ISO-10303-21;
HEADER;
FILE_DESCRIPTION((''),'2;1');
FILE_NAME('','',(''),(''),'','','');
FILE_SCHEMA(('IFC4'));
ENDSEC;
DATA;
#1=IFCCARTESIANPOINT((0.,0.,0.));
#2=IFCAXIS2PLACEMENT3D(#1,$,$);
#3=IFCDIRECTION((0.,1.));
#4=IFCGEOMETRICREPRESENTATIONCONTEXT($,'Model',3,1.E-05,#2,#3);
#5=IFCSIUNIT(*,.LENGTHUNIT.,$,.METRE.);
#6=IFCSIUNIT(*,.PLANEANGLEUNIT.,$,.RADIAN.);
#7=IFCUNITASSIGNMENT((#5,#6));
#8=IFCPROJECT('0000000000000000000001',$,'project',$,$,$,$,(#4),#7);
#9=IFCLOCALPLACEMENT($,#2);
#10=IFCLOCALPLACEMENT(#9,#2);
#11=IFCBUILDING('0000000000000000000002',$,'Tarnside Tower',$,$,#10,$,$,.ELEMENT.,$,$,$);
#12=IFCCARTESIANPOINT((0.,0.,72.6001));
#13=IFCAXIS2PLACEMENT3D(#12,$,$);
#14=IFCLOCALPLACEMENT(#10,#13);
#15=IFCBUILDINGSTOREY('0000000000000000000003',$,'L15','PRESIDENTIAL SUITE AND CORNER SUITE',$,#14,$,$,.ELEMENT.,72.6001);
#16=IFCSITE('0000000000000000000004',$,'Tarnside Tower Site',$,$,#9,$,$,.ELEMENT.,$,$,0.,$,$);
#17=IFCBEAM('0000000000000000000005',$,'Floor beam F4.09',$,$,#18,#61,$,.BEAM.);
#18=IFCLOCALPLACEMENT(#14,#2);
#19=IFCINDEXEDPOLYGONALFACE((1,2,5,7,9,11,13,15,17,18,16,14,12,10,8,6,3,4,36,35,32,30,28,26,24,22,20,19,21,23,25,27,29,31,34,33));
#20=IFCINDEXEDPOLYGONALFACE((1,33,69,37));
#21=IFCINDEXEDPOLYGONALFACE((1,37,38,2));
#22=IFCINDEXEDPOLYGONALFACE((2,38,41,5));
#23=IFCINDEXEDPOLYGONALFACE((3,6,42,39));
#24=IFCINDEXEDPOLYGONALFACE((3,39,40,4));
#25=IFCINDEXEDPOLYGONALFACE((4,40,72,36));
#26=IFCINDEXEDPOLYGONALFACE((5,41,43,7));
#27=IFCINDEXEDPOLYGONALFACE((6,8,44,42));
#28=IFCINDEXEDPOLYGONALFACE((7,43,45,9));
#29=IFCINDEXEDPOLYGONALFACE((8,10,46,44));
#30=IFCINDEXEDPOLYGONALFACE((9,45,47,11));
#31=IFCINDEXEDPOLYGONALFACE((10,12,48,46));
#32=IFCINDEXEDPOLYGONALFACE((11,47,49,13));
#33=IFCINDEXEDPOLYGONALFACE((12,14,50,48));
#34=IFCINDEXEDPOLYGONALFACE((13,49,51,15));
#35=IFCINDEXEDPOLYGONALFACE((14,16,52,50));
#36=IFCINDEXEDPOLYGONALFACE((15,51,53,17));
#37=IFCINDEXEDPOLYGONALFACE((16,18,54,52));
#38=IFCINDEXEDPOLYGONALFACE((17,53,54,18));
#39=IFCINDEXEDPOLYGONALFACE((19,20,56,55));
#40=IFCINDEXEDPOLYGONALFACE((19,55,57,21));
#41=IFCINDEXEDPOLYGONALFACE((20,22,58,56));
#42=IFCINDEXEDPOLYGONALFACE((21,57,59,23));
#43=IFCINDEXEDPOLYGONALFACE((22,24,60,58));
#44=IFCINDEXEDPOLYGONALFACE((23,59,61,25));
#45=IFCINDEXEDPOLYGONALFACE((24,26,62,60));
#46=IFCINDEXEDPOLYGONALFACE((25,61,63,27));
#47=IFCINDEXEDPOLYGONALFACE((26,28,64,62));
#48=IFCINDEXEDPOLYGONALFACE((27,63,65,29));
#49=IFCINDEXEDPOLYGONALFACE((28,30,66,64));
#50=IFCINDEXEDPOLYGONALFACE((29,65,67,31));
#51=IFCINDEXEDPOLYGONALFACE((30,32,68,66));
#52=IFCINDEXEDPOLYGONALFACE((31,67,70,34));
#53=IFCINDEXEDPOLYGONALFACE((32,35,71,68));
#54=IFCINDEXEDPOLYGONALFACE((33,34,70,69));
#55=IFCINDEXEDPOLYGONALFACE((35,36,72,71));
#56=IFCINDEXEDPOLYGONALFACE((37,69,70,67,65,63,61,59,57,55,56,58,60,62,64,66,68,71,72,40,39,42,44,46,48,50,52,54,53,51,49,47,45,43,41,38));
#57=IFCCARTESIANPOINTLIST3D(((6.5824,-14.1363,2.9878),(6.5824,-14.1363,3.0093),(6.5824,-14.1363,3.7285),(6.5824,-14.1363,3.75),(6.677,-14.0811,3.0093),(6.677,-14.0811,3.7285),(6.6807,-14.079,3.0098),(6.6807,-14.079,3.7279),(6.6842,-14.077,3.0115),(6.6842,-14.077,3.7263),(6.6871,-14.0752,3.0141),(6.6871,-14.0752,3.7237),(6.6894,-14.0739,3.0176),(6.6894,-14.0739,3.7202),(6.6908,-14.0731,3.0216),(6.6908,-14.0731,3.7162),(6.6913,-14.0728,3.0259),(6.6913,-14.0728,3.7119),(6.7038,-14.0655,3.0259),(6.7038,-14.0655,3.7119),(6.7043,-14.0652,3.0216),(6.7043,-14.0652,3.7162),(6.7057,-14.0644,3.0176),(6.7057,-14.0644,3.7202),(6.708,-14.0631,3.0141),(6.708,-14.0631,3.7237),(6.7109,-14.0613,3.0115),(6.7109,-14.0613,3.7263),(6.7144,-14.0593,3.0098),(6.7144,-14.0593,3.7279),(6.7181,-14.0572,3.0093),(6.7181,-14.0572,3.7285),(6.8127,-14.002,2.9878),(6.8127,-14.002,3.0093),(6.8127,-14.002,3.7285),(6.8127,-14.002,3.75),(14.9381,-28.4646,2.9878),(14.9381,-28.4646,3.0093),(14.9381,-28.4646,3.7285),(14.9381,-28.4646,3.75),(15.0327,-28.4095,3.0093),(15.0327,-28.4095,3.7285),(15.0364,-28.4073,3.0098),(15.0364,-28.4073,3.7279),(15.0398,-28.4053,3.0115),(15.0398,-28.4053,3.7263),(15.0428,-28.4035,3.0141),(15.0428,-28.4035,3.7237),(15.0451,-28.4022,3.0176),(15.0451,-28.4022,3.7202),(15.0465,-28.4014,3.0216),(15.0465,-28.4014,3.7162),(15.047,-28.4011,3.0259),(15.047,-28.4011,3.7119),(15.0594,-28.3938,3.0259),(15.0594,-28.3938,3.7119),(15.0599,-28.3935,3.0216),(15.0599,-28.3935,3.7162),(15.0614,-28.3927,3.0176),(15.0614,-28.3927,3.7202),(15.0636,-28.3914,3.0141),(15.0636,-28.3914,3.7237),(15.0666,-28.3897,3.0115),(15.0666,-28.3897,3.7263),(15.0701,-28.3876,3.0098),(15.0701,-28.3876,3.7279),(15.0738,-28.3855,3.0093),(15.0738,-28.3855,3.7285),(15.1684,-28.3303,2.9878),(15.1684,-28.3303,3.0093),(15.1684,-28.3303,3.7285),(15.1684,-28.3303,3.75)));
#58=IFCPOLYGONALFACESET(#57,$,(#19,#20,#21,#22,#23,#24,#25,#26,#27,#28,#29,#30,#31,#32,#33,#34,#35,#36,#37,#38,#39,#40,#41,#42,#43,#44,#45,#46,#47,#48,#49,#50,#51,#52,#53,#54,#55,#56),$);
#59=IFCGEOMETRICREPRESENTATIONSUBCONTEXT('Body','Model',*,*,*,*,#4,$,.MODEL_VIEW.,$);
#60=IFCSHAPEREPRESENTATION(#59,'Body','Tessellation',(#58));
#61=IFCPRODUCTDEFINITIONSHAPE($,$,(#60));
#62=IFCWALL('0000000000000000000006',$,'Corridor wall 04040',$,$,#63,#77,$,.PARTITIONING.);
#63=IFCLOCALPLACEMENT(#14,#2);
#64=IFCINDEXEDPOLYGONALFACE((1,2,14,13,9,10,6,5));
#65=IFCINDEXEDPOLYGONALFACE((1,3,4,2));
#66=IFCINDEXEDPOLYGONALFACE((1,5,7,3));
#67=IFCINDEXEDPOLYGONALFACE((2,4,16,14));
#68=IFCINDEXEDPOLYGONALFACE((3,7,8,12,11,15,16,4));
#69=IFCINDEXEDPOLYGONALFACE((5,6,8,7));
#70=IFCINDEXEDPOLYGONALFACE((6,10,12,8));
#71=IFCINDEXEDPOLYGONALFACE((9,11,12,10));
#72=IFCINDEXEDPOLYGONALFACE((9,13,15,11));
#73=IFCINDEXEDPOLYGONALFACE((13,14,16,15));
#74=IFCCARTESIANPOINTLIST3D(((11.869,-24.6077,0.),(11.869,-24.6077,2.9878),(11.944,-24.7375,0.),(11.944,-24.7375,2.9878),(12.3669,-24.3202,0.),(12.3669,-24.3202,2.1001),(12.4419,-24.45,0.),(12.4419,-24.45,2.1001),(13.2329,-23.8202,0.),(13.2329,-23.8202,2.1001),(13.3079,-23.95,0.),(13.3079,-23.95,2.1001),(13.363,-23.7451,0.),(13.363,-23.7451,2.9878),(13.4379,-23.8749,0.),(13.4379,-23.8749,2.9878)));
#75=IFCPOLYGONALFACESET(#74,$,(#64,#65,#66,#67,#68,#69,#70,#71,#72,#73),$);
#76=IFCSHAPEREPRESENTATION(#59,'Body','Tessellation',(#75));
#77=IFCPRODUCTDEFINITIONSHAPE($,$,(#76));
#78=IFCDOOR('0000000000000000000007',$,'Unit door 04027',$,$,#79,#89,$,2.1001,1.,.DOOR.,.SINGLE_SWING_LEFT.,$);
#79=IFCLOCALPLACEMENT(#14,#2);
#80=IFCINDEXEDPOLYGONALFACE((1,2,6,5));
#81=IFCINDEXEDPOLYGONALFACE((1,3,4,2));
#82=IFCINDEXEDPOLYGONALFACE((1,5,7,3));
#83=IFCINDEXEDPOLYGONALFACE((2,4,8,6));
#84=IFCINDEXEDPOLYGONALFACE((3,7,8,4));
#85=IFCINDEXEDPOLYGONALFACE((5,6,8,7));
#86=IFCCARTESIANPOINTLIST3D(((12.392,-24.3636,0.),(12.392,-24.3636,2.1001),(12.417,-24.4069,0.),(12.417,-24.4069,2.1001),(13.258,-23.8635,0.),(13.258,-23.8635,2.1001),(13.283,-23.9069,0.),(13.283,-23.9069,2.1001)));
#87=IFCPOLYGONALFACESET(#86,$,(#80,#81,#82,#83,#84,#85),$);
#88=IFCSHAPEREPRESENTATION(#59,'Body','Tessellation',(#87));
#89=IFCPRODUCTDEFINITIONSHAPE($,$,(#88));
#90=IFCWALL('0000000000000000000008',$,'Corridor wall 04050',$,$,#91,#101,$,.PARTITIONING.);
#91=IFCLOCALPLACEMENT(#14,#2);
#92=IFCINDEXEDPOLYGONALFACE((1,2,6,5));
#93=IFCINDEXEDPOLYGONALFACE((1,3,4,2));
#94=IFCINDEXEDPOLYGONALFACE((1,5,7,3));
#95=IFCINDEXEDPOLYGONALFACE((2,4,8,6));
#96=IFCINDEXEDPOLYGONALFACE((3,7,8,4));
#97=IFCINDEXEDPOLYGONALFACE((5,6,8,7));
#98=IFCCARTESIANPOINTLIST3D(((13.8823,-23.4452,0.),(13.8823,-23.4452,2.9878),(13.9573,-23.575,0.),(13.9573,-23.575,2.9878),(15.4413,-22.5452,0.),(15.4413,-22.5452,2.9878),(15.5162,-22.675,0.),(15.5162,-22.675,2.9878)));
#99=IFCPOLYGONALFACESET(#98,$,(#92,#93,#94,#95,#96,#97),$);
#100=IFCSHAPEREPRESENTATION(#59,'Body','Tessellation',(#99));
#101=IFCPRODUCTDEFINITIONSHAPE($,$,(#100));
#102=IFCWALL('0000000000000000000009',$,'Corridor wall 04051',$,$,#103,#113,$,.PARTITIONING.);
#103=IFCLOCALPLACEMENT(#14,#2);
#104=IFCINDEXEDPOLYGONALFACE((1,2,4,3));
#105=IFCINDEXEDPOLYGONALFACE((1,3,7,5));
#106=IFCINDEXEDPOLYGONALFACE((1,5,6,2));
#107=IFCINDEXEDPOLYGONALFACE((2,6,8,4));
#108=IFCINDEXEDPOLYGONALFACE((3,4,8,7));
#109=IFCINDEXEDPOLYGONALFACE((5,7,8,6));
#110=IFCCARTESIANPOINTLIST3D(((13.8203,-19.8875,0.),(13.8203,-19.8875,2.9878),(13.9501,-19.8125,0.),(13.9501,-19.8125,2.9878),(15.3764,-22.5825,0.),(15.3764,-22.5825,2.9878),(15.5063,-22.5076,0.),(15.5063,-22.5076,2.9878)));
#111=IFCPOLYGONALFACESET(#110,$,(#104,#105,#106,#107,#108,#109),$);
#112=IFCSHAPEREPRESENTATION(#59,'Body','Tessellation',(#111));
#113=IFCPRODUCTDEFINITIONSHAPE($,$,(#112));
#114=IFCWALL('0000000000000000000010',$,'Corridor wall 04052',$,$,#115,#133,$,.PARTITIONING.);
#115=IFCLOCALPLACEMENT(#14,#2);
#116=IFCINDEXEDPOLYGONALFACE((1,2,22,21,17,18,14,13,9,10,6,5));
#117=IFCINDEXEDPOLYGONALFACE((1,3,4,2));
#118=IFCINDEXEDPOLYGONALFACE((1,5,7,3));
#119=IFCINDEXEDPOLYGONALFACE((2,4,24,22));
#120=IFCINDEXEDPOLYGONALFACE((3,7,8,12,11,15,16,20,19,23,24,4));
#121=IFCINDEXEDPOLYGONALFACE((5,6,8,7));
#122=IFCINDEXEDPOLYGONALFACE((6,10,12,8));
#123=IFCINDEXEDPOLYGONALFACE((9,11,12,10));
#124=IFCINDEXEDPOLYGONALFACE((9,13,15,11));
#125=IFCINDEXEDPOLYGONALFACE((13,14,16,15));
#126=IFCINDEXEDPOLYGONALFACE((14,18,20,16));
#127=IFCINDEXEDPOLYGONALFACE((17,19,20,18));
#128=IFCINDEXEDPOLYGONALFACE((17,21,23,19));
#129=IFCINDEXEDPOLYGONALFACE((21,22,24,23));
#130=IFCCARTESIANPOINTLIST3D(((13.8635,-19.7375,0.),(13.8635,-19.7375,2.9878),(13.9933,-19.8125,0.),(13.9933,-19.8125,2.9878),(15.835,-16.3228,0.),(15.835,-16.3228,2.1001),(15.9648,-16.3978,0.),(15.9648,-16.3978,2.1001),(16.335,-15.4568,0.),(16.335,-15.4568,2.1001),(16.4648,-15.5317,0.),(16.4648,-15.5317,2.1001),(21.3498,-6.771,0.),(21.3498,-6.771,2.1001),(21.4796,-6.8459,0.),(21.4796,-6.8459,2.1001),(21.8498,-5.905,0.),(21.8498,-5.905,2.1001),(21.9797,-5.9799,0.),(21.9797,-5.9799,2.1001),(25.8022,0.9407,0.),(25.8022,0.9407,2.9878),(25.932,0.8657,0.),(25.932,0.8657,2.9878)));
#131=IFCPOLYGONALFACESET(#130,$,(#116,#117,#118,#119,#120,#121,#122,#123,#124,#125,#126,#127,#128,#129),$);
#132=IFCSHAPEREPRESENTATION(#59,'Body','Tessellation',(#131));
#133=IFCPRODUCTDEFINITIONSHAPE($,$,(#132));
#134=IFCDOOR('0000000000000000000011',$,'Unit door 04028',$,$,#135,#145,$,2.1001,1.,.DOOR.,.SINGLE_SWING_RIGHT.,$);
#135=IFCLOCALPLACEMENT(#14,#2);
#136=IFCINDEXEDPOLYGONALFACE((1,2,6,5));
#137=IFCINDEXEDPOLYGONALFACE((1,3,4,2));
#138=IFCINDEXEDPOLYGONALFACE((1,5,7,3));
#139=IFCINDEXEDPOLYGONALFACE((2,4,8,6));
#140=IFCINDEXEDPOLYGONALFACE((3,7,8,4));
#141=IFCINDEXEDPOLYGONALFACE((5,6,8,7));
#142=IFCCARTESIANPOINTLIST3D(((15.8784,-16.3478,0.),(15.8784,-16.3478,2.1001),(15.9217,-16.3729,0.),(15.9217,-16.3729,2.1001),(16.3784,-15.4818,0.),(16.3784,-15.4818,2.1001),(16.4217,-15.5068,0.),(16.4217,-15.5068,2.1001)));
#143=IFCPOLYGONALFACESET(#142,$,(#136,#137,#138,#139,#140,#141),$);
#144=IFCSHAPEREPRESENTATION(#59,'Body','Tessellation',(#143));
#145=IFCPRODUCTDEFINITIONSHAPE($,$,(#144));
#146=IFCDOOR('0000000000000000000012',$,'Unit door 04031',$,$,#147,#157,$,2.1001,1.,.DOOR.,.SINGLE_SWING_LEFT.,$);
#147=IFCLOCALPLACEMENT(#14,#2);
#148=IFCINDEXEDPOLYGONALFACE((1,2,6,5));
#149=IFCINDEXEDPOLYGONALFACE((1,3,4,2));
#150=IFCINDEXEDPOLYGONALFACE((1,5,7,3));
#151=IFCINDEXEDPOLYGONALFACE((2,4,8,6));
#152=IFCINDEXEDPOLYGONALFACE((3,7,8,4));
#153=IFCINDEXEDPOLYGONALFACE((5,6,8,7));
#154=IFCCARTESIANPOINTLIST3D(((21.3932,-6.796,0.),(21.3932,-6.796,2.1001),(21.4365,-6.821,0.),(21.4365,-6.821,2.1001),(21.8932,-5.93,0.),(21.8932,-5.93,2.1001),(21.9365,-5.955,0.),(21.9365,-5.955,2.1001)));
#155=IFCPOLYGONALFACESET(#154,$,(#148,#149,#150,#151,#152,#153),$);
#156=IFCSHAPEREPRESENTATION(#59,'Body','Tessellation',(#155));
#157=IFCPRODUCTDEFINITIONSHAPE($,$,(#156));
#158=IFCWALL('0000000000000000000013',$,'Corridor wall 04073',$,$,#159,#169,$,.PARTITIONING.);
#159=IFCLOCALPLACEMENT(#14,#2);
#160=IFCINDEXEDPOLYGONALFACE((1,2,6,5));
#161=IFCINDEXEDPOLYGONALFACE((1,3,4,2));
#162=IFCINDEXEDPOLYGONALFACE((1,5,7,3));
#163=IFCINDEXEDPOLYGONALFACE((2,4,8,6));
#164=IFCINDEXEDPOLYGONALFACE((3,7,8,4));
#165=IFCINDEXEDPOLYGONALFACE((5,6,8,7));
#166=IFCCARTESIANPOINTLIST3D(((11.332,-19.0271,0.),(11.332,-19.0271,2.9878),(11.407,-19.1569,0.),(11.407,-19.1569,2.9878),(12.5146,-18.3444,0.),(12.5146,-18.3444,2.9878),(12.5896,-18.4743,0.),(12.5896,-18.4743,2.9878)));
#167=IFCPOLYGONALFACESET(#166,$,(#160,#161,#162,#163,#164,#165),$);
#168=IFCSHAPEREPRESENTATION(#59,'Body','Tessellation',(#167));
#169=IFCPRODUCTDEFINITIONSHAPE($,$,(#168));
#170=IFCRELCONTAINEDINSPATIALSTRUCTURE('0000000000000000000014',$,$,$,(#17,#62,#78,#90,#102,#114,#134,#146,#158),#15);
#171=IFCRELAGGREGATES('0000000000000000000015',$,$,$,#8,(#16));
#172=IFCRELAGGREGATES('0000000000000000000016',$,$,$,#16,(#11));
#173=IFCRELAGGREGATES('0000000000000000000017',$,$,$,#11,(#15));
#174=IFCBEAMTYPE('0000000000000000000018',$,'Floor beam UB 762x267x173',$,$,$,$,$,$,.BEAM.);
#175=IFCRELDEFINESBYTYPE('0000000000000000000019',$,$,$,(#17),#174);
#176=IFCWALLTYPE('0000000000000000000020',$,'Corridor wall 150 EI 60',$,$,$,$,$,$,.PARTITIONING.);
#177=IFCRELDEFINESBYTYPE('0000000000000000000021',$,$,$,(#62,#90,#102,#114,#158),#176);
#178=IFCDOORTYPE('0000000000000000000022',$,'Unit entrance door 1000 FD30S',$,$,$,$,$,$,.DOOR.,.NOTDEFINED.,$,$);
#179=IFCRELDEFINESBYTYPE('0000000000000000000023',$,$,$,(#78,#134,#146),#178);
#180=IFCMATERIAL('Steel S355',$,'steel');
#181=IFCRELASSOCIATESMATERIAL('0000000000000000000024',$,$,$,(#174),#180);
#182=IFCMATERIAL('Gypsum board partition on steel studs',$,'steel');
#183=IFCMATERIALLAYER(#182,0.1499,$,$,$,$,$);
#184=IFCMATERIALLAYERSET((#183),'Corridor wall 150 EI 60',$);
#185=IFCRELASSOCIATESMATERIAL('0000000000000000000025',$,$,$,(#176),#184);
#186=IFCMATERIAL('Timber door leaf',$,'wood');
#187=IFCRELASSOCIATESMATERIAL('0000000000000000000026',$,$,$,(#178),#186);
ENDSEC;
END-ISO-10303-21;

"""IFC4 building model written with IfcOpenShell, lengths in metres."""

from ifc_helpers import new_model, si_unit, direction, frame, frame_2d, origin, origin_2d, place, context, subcontext, project, spatial, rectangle, i_section, extrude, material, layer, layer_set, material_profile, profile_set, type_object, element, fill, save


model = new_model("IFC4")

# Units and contexts
model_context = context("Model", 3, precision=1e-05, world=origin(), true_north=direction((0.0, 1.0)))
body_context = subcontext(model_context, "Body", "Model", "MODEL_VIEW")
ifc_project = project(units=[si_unit("LENGTHUNIT", "METRE"), si_unit("PLANEANGLEUNIT", "RADIAN")], contexts=[model_context])

# Site, building, storey
site_placement = place(None, origin())
site = spatial("IfcSite", under=ifc_project, at=site_placement, Name="Tarnside Tower Site", CompositionType="ELEMENT", RefElevation=0.0)
building_placement = place(site_placement, origin())
building = spatial("IfcBuilding", under=site, at=building_placement, Name="Tarnside Tower", CompositionType="ELEMENT")
storey_placement = place(building_placement, frame((0.0, 0.0, 72.6001)))
storey = spatial("IfcBuildingStorey", under=building, at=storey_placement, Name="L15", Description="PRESIDENTIAL SUITE AND CORNER SUITE", CompositionType="ELEMENT", Elevation=72.6001)

# Beam
ifc_material_1 = material(Name="Steel S355", Category="steel")
ifc_material_profile = material_profile(ifc_material_1, i_section(OverallWidth=0.2666, OverallDepth=0.7622, WebThickness=0.0144, FlangeThickness=0.0215, FilletRadius=0.0166, at=origin_2d()), Name="UB 762x267x173")
ifc_profile_set = profile_set([ifc_material_profile], Name="Steel S355")
beam_type = type_object("IfcBeamType", Name="Floor beam UB 762x267x173", PredefinedType="BEAM", material=ifc_profile_set)
beam_placement = place(storey_placement, frame((15.0532, -28.3975, 3.3689), z_axis=(-0.503758, 0.863845, 0.0), x_axis=(-0.863845, -0.503758, 0.0)))
element("IfcBeam", 1, at=beam_placement, inside=storey, type_object=beam_type, Name="Floor beam F4.09", PredefinedType="BEAM", context=body_context, shape_type="SweptSolid", body=[
    extrude(i_section(OverallWidth=0.2666, OverallDepth=0.7622, WebThickness=0.0144, FlangeThickness=0.0215, FilletRadius=0.0166, at=origin_2d()), origin(), (0.0, 0.0, 1.0), 16.5867),
])

# Wall, opening, door
ifc_material_2 = material(Name="Gypsum board partition on steel studs", Category="steel")
ifc_layer_1 = layer(ifc_material_2, 0.1499)
ifc_layer_set_1 = layer_set([ifc_layer_1], Name="Corridor wall 150 EI 60")
wall_type_1 = type_object("IfcWallType", Name="Corridor wall 150 EI 60", PredefinedType="PARTITIONING", material=ifc_layer_set_1)
wall_1_placement = place(storey_placement, frame((11.9065, -24.6726, 0.0), z_axis=(0.0, 0.0, 1.0), x_axis=(0.866014, 0.500021, 0.0)))
wall_1 = element("IfcWall", 2, at=wall_1_placement, inside=storey, type_object=wall_type_1, Name="Corridor wall 04040", PredefinedType="PARTITIONING", context=body_context, shape_type="SweptSolid", body=[
    extrude(rectangle(XDim=1.7251, YDim=0.1499, at=frame_2d((0.8625, 0.0))), origin(), (0.0, 0.0, 1.0), 2.9878),
])
opening_1_placement = place(wall_1_placement, frame((0.575, 0.0, 0.0)))
opening_1 = element("IfcOpeningElement", 3, at=opening_1_placement, cuts=wall_1, PredefinedType="OPENING", context=body_context, shape_type="SweptSolid", body=[
    extrude(rectangle(XDim=1.0, YDim=2.1001, at=frame_2d((0.5, 1.05))), frame((0.0, 0.085, 0.0), z_axis=(0.0, -1.0, 0.0), x_axis=(1.0, 0.0, 0.0)), (0.0, 0.0, 1.0), 0.1699),
])
ifc_material_3 = material(Name="Timber door leaf", Category="wood")
door_type_1 = type_object("IfcDoorType", Name="Unit entrance door 1000 FD30S", OperationType="NOTDEFINED", PredefinedType="DOOR", material=ifc_material_3)
door_1_placement = place(opening_1_placement, origin())
door_1 = element("IfcDoor", 4, at=door_1_placement, inside=storey, type_object=door_type_1, Name="Unit door 04027", OperationType="SINGLE_SWING_LEFT", OverallHeight=2.1001, OverallWidth=1.0, PredefinedType="DOOR", context=body_context, shape_type="SweptSolid", body=[
    extrude(rectangle(XDim=1.0, YDim=2.1001, at=frame_2d((0.5, 1.05))), frame((0.0, 0.0249, 0.0), z_axis=(0.0, -1.0, 0.0), x_axis=(1.0, 0.0, 0.0)), (0.0, 0.0, 1.0), 0.05),
])
fill(opening_1, door_1)

# Walls
wall_2_placement = place(storey_placement, frame((13.9199, -23.51, 0.0), z_axis=(0.0, 0.0, 1.0), x_axis=(0.866048, 0.499961, 0.0)))
element("IfcWall", 5, at=wall_2_placement, inside=storey, type_object=wall_type_1, Name="Corridor wall 04050", PredefinedType="PARTITIONING", context=body_context, shape_type="SweptSolid", body=[
    extrude(rectangle(XDim=1.8, YDim=0.1499, at=frame_2d((0.8999, 0.0))), origin(), (0.0, 0.0, 1.0), 2.9878),
])
wall_3_placement = place(storey_placement, frame((15.4414, -22.5452, 0.0), z_axis=(0.0, 0.0, 1.0), x_axis=(-0.500037, 0.866004, 0.0)))
element("IfcWall", 6, at=wall_3_placement, inside=storey, type_object=wall_type_1, Name="Corridor wall 04051", PredefinedType="PARTITIONING", context=body_context, shape_type="SweptSolid", body=[
    extrude(rectangle(XDim=3.1121, YDim=0.1499, at=frame_2d((1.5562, 0.0))), origin(), (0.0, 0.0, 1.0), 2.9878),
])

# Wall, openings, doors
wall_4_placement = place(storey_placement, frame((13.9285, -19.7749, 0.0), z_axis=(0.0, 0.0, 1.0), x_axis=(0.500005, 0.866023, 0.0)))
wall_4 = element("IfcWall", 7, at=wall_4_placement, inside=storey, type_object=wall_type_1, Name="Corridor wall 04052", PredefinedType="PARTITIONING", context=body_context, shape_type="SweptSolid", body=[
    extrude(rectangle(XDim=23.8772, YDim=0.1499, at=frame_2d((11.9385, 0.0))), origin(), (0.0, 0.0, 1.0), 2.9878),
])
opening_2_placement = place(wall_4_placement, frame((3.9429, 0.0, 0.0)))
opening_2 = element("IfcOpeningElement", 8, at=opening_2_placement, cuts=wall_4, PredefinedType="OPENING", context=body_context, shape_type="SweptSolid", body=[
    extrude(rectangle(XDim=1.0, YDim=2.1001, at=frame_2d((0.5, 1.05))), frame((0.0, 0.085, 0.0), z_axis=(0.0, -1.0, 0.0), x_axis=(1.0, 0.0, 0.0)), (0.0, 0.0, 1.0), 0.1699),
])
opening_3_placement = place(wall_4_placement, frame((14.9724, 0.0, 0.0)))
opening_3 = element("IfcOpeningElement", 9, at=opening_3_placement, cuts=wall_4, PredefinedType="OPENING", context=body_context, shape_type="SweptSolid", body=[
    extrude(rectangle(XDim=1.0, YDim=2.1001, at=frame_2d((0.5, 1.05))), frame((0.0, 0.085, 0.0), z_axis=(0.0, -1.0, 0.0), x_axis=(1.0, 0.0, 0.0)), (0.0, 0.0, 1.0), 0.1699),
])
door_2_placement = place(opening_2_placement, origin())
door_2 = element("IfcDoor", 10, at=door_2_placement, inside=storey, type_object=door_type_1, Name="Unit door 04028", OperationType="SINGLE_SWING_RIGHT", OverallHeight=2.1001, OverallWidth=1.0, PredefinedType="DOOR", context=body_context, shape_type="SweptSolid", body=[
    extrude(rectangle(XDim=1.0, YDim=2.1001, at=frame_2d((0.5, 1.05))), frame((0.0, 0.0249, 0.0), z_axis=(0.0, -1.0, 0.0), x_axis=(1.0, 0.0, 0.0)), (0.0, 0.0, 1.0), 0.05),
])
fill(opening_2, door_2)
door_3_placement = place(opening_3_placement, origin())
door_3 = element("IfcDoor", 11, at=door_3_placement, inside=storey, type_object=door_type_1, Name="Unit door 04031", OperationType="SINGLE_SWING_LEFT", OverallHeight=2.1001, OverallWidth=1.0, PredefinedType="DOOR", context=body_context, shape_type="SweptSolid", body=[
    extrude(rectangle(XDim=1.0, YDim=2.1001, at=frame_2d((0.5, 1.05))), frame((0.0, 0.0249, 0.0), z_axis=(0.0, -1.0, 0.0), x_axis=(1.0, 0.0, 0.0)), (0.0, 0.0, 1.0), 0.05),
])
fill(opening_3, door_3)

# Wall
wall_5_placement = place(storey_placement, frame((12.552, -18.4094, 0.0), z_axis=(0.0, 0.0, 1.0), x_axis=(-0.866078, -0.499908, 0.0)))
element("IfcWall", 12, at=wall_5_placement, inside=storey, type_object=wall_type_1, Name="Corridor wall 04073", PredefinedType="PARTITIONING", context=body_context, shape_type="SweptSolid", body=[
    extrude(rectangle(XDim=1.3655, YDim=0.1499, at=frame_2d((0.6826, 0.0))), origin(), (0.0, 0.0, 1.0), 2.9878),
])

save(model, "model.ifc")
